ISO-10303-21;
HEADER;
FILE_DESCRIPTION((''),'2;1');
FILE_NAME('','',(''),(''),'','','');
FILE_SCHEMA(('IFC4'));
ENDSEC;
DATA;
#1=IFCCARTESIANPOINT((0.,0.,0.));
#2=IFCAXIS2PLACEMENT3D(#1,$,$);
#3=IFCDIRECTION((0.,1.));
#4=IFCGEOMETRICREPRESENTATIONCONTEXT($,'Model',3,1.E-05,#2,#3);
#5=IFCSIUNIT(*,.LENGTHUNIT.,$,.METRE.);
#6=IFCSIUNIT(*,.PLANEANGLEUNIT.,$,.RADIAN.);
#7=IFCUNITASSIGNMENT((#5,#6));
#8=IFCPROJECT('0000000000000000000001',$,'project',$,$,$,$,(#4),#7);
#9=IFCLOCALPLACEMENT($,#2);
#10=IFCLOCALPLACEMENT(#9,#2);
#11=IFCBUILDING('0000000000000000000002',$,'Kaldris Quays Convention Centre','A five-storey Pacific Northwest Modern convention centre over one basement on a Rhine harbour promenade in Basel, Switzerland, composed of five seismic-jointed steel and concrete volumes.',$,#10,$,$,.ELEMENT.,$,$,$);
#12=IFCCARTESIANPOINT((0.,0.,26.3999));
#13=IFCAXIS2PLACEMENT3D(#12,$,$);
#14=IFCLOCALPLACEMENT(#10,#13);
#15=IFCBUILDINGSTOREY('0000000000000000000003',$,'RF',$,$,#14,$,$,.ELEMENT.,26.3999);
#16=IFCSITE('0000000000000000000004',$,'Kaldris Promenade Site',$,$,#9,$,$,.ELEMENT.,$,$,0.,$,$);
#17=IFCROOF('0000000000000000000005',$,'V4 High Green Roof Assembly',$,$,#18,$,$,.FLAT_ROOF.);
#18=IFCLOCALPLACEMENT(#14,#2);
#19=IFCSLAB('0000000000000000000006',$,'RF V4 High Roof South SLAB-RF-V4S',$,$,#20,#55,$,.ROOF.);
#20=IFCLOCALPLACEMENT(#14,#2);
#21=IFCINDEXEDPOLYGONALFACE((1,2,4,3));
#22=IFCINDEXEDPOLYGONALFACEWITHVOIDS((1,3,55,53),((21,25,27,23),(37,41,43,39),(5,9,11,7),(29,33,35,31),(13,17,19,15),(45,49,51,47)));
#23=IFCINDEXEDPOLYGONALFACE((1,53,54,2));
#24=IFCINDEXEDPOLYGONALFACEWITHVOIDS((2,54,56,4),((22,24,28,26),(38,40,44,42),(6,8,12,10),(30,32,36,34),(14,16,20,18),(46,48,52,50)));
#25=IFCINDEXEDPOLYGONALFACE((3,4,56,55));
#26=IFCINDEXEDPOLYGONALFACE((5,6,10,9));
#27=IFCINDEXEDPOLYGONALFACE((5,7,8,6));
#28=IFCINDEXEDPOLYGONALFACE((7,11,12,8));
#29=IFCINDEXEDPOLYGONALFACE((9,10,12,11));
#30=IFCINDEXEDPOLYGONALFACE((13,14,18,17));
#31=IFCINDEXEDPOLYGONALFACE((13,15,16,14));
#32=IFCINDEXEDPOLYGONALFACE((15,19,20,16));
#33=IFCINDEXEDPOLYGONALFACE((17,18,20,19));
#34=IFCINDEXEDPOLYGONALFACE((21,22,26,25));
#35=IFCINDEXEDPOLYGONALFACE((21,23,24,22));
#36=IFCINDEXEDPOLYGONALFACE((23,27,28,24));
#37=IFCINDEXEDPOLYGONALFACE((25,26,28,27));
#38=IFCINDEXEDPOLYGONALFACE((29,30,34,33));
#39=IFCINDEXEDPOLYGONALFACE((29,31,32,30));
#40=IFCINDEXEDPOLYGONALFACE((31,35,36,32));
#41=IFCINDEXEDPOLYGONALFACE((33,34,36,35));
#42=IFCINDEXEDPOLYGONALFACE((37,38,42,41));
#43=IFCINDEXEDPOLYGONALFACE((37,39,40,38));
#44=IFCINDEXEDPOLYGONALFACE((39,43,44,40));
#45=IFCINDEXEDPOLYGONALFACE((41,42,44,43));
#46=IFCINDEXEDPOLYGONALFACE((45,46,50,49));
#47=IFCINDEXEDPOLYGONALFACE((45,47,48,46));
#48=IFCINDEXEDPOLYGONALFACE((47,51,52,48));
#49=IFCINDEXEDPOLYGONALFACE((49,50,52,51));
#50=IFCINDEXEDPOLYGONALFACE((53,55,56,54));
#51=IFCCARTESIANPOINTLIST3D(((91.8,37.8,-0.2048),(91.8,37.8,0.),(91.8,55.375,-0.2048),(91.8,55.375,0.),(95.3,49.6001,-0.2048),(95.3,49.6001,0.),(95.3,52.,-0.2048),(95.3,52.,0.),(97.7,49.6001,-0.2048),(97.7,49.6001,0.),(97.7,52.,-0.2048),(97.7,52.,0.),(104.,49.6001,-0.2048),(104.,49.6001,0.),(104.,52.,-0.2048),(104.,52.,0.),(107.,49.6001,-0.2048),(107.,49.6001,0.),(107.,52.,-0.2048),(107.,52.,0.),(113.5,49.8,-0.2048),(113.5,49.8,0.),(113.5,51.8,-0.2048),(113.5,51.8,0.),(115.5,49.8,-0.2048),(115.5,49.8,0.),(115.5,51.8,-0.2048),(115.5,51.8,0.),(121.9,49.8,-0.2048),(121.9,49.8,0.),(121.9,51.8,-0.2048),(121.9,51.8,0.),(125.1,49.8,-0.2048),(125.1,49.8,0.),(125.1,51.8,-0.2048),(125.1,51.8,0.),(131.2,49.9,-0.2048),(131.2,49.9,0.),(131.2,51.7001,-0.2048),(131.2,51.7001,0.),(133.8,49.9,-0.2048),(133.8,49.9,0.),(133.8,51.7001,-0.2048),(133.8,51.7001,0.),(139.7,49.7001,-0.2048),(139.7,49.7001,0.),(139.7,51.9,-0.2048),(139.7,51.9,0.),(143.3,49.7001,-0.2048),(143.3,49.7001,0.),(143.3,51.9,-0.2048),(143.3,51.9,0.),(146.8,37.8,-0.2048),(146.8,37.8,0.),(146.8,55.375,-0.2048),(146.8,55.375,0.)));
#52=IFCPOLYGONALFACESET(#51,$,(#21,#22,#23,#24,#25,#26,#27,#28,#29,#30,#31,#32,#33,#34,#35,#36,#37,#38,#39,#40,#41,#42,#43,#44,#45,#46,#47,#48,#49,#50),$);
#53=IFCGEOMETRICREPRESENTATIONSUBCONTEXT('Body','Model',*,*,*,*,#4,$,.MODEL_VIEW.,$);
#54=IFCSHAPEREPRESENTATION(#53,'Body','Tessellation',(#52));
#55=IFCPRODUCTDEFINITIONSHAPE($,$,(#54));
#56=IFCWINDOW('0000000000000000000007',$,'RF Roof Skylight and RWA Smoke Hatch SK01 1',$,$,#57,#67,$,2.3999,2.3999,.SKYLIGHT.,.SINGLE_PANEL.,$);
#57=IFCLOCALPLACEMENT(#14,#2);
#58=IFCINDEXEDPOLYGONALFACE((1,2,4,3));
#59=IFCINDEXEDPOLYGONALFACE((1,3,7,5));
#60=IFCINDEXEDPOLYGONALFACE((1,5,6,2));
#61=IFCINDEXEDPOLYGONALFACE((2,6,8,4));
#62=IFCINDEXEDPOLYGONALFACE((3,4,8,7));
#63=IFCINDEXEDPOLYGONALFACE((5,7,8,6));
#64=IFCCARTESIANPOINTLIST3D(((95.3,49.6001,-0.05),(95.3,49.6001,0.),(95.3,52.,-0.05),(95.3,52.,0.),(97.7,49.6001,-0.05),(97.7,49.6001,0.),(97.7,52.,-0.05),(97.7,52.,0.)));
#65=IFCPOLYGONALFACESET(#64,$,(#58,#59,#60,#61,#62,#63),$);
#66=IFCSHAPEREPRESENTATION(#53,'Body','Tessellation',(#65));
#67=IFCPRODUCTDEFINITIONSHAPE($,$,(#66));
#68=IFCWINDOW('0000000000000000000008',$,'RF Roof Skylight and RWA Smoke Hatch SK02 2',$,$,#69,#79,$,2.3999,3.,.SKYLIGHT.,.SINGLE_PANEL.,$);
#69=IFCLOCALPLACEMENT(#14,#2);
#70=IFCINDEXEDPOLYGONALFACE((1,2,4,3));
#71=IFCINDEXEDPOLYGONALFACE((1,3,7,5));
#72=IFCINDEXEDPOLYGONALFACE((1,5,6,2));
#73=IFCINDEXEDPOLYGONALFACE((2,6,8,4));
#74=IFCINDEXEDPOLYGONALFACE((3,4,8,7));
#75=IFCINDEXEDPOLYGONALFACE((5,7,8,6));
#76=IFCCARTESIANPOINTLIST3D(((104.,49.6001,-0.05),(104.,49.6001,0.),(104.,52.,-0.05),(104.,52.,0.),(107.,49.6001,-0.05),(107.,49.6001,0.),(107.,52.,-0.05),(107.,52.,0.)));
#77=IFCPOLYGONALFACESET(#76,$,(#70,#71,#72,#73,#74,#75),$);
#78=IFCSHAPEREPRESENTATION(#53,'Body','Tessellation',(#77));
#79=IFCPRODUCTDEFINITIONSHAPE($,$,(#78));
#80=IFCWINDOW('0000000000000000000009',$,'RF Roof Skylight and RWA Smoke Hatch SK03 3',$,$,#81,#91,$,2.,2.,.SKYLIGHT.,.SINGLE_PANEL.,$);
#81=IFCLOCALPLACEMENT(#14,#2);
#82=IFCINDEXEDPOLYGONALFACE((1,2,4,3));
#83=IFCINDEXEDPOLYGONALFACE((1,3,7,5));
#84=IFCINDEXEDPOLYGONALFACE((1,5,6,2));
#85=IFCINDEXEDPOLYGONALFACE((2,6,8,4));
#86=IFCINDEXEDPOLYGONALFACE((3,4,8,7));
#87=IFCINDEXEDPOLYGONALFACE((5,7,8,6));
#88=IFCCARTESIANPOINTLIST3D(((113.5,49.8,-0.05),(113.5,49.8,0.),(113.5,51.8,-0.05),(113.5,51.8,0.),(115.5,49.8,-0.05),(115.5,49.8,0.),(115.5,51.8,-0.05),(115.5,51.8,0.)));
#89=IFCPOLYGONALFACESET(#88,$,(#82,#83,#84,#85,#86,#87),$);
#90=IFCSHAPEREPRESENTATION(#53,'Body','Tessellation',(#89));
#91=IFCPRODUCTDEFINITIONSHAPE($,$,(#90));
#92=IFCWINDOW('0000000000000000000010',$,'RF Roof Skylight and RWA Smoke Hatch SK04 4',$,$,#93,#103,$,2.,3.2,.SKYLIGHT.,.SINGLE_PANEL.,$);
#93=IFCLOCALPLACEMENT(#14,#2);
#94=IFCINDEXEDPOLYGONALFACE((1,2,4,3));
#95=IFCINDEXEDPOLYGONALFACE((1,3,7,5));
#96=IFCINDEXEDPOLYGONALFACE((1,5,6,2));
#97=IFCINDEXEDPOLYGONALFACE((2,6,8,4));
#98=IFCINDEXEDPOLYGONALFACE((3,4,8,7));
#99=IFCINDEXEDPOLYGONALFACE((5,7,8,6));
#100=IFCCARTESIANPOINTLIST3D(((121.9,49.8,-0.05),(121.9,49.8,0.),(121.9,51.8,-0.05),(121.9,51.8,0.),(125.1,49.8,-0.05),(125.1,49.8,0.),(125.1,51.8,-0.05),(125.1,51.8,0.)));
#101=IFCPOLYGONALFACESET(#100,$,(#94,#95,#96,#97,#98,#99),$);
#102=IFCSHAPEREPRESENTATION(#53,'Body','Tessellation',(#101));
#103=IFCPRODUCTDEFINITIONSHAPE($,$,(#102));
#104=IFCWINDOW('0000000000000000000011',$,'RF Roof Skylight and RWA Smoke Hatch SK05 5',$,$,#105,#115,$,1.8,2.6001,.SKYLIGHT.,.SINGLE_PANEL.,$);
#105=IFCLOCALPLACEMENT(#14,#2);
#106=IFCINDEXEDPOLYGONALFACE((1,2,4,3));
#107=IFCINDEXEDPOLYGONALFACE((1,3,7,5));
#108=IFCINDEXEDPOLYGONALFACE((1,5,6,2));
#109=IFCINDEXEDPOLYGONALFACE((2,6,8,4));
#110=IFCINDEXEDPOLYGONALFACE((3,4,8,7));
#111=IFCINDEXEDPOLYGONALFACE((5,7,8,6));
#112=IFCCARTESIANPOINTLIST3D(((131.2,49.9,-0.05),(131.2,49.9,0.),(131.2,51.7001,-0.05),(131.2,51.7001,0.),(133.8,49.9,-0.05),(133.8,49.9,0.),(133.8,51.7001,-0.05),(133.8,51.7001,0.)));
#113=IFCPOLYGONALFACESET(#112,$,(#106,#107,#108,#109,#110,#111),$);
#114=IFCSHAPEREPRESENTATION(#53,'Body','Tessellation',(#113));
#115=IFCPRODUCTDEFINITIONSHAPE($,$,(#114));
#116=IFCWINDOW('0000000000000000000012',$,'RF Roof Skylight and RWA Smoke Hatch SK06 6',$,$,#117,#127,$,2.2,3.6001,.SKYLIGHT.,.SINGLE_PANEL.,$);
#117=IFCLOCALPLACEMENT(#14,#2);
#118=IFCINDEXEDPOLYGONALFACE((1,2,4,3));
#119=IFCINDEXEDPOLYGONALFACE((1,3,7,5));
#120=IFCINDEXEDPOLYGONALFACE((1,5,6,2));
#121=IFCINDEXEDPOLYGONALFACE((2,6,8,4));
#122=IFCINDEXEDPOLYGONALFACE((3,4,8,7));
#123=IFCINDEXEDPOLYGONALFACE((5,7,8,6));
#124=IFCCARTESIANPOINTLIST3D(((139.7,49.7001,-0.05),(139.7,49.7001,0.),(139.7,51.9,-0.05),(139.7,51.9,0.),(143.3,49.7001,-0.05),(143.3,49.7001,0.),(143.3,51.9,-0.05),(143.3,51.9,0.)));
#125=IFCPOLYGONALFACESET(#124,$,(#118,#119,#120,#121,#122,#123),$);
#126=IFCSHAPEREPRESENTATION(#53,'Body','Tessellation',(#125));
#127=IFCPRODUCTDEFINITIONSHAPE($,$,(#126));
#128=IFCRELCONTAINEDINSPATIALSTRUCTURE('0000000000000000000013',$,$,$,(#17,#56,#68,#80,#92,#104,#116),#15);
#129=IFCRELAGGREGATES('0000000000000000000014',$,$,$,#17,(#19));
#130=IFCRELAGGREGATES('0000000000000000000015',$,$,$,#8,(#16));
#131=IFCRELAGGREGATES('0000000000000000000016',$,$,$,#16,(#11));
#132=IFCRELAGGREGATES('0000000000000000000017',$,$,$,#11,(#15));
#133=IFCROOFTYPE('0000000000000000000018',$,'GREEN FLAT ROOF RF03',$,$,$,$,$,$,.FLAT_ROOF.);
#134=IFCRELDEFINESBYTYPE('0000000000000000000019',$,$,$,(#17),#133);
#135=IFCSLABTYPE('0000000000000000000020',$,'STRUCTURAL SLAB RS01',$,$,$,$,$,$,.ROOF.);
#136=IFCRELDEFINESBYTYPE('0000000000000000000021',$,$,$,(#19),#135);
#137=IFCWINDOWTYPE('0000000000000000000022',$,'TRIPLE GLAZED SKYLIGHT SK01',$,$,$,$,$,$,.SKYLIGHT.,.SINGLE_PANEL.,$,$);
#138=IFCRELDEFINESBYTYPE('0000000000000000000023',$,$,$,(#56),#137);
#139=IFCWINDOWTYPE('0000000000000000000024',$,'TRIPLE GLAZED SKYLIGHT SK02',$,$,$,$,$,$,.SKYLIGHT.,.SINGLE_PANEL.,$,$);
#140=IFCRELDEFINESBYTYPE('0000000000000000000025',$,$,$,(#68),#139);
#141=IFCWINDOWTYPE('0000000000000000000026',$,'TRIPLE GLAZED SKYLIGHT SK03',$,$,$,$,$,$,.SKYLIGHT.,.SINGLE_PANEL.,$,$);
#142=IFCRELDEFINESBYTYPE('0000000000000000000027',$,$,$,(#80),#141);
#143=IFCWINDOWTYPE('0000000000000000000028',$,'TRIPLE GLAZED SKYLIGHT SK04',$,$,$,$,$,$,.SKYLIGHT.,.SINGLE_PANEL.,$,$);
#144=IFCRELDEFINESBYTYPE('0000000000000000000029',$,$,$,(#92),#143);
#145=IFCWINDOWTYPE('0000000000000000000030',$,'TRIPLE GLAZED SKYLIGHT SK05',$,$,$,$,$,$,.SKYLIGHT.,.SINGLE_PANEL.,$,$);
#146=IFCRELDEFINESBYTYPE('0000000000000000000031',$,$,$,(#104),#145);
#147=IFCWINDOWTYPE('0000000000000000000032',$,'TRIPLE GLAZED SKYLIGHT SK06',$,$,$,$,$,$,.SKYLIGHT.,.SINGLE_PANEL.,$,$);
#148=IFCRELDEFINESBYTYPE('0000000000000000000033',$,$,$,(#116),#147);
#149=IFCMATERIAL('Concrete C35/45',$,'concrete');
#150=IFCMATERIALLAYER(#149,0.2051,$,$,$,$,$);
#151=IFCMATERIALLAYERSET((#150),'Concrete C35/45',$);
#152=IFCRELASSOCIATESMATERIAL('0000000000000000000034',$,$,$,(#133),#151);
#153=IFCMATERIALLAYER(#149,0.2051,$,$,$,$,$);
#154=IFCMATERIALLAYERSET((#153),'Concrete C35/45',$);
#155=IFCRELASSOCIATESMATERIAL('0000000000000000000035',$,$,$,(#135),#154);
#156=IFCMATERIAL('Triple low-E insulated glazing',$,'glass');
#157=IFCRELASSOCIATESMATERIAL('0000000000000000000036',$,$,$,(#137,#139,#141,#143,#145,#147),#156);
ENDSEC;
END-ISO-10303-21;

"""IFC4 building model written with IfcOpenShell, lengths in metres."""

from ifc_helpers import new_model, si_unit, direction, frame, origin, origin_2d, place, context, subcontext, project, spatial, polyline, rectangle, outline, extrude, material, layer, layer_set, type_object, element, fill, aggregate, save


model = new_model("IFC4")

# Units and contexts
model_context = context("Model", 3, precision=1e-05, world=origin(), true_north=direction((0.0, 1.0)))
body_context = subcontext(model_context, "Body", "Model", "MODEL_VIEW")
ifc_project = project(units=[si_unit("LENGTHUNIT", "METRE"), si_unit("PLANEANGLEUNIT", "RADIAN")], contexts=[model_context])

# Site, building, storey
site_placement = place(None, origin())
site = spatial("IfcSite", under=ifc_project, at=site_placement, Name="Kaldris Promenade Site", CompositionType="ELEMENT", RefElevation=0.0)
building_placement = place(site_placement, origin())
building = spatial("IfcBuilding", under=site, at=building_placement, Name="Kaldris Quays Convention Centre", Description="A five-storey Pacific Northwest Modern convention centre over one basement on a Rhine harbour promenade in Basel, Switzerland, composed of five seismic-jointed steel and concrete volumes.", CompositionType="ELEMENT")
storey_placement = place(building_placement, frame((0.0, 0.0, 26.3999)))
storey = spatial("IfcBuildingStorey", under=building, at=storey_placement, Name="RF", CompositionType="ELEMENT", Elevation=26.3999)

# Roof, slab, openings, windows
ifc_material_1 = material(Name="Concrete C35/45", Category="concrete")
ifc_layer_1 = layer(ifc_material_1, 0.2051)
ifc_layer_set_1 = layer_set([ifc_layer_1], Name="Concrete C35/45")
roof_type_1 = type_object("IfcRoofType", Name="GREEN FLAT ROOF RF03", PredefinedType="FLAT_ROOF", material=ifc_layer_set_1)
roof_1_placement = place(storey_placement, origin())
roof_1 = element("IfcRoof", 1, at=roof_1_placement, inside=storey, type_object=roof_type_1, Name="V4 High Green Roof Assembly", PredefinedType="FLAT_ROOF")
ifc_layer_2 = layer(ifc_material_1, 0.2051)
ifc_layer_set_2 = layer_set([ifc_layer_2], Name="Concrete C35/45")
slab_type_1 = type_object("IfcSlabType", Name="STRUCTURAL SLAB RS01", PredefinedType="ROOF", material=ifc_layer_set_2)
slab_1_placement = place(storey_placement, frame((0.0, 0.0, -0.2048)))
slab_1 = element("IfcSlab", 2, at=slab_1_placement, type_object=slab_type_1, Name="RF V4 High Roof South SLAB-RF-V4S", PredefinedType="ROOF", context=body_context, shape_type="SweptSolid", body=[
    extrude(outline(polyline([(146.8, 37.8), (146.8, 55.375), (91.8, 55.375), (91.8, 37.8), (146.8, 37.8)])), origin(), (0.0, 0.0, 1.0), 0.2048),
])
opening_1_placement = place(slab_1_placement, frame((96.5, 50.8, 0.0)))
opening_1 = element("IfcOpeningElement", 3, at=opening_1_placement, cuts=slab_1, PredefinedType="OPENING", context=body_context, shape_type="SweptSolid", body=[
    extrude(rectangle(XDim=2.3999, YDim=2.3999, at=origin_2d()), frame((0.0, 0.0, -0.01)), (0.0, 0.0, 1.0), 0.2249),
])
opening_2_placement = place(slab_1_placement, frame((105.5, 50.8, 0.0)))
opening_2 = element("IfcOpeningElement", 4, at=opening_2_placement, cuts=slab_1, PredefinedType="OPENING", context=body_context, shape_type="SweptSolid", body=[
    extrude(rectangle(XDim=3.0, YDim=2.3999, at=origin_2d()), frame((0.0, 0.0, -0.01)), (0.0, 0.0, 1.0), 0.2249),
])
opening_3_placement = place(slab_1_placement, frame((114.5, 50.8, 0.0)))
opening_3 = element("IfcOpeningElement", 5, at=opening_3_placement, cuts=slab_1, PredefinedType="OPENING", context=body_context, shape_type="SweptSolid", body=[
    extrude(rectangle(XDim=2.0, YDim=2.0, at=origin_2d()), frame((0.0, 0.0, -0.01)), (0.0, 0.0, 1.0), 0.2249),
])
opening_4_placement = place(slab_1_placement, frame((123.5, 50.8, 0.0)))
opening_4 = element("IfcOpeningElement", 6, at=opening_4_placement, cuts=slab_1, PredefinedType="OPENING", context=body_context, shape_type="SweptSolid", body=[
    extrude(rectangle(XDim=3.2, YDim=2.0, at=origin_2d()), frame((0.0, 0.0, -0.01)), (0.0, 0.0, 1.0), 0.2249),
])
opening_5_placement = place(slab_1_placement, frame((132.5, 50.8, 0.0)))
opening_5 = element("IfcOpeningElement", 7, at=opening_5_placement, cuts=slab_1, PredefinedType="OPENING", context=body_context, shape_type="SweptSolid", body=[
    extrude(rectangle(XDim=2.6001, YDim=1.8, at=origin_2d()), frame((0.0, 0.0, -0.01)), (0.0, 0.0, 1.0), 0.2249),
])
opening_6_placement = place(slab_1_placement, frame((141.5, 50.8, 0.0)))
opening_6 = element("IfcOpeningElement", 8, at=opening_6_placement, cuts=slab_1, PredefinedType="OPENING", context=body_context, shape_type="SweptSolid", body=[
    extrude(rectangle(XDim=3.6001, YDim=2.2, at=origin_2d()), frame((0.0, 0.0, -0.01)), (0.0, 0.0, 1.0), 0.2249),
])
ifc_material_2 = material(Name="Triple low-E insulated glazing", Category="glass")
window_type_1 = type_object("IfcWindowType", Name="TRIPLE GLAZED SKYLIGHT SK01", PartitioningType="SINGLE_PANEL", PredefinedType="SKYLIGHT", material=ifc_material_2)
window_1_placement = place(opening_1_placement, frame((0.0, 0.0, 0.1548)))
window_1 = element("IfcWindow", 9, at=window_1_placement, inside=storey, type_object=window_type_1, Name="RF Roof Skylight and RWA Smoke Hatch SK01 1", OverallHeight=2.3999, OverallWidth=2.3999, PartitioningType="SINGLE_PANEL", PredefinedType="SKYLIGHT", context=body_context, shape_type="SweptSolid", body=[
    extrude(rectangle(XDim=2.3999, YDim=2.3999, at=origin_2d()), origin(), (0.0, 0.0, 1.0), 0.05),
])
fill(opening_1, window_1)
window_type_2 = type_object("IfcWindowType", Name="TRIPLE GLAZED SKYLIGHT SK02", PartitioningType="SINGLE_PANEL", PredefinedType="SKYLIGHT", material=ifc_material_2)
window_2_placement = place(opening_2_placement, frame((0.0, 0.0, 0.1548)))
window_2 = element("IfcWindow", 10, at=window_2_placement, inside=storey, type_object=window_type_2, Name="RF Roof Skylight and RWA Smoke Hatch SK02 2", OverallHeight=2.3999, OverallWidth=3.0, PartitioningType="SINGLE_PANEL", PredefinedType="SKYLIGHT", context=body_context, shape_type="SweptSolid", body=[
    extrude(rectangle(XDim=3.0, YDim=2.3999, at=origin_2d()), origin(), (0.0, 0.0, 1.0), 0.05),
])
fill(opening_2, window_2)
window_type_3 = type_object("IfcWindowType", Name="TRIPLE GLAZED SKYLIGHT SK03", PartitioningType="SINGLE_PANEL", PredefinedType="SKYLIGHT", material=ifc_material_2)
window_3_placement = place(opening_3_placement, frame((0.0, 0.0, 0.1548)))
window_3 = element("IfcWindow", 11, at=window_3_placement, inside=storey, type_object=window_type_3, Name="RF Roof Skylight and RWA Smoke Hatch SK03 3", OverallHeight=2.0, OverallWidth=2.0, PartitioningType="SINGLE_PANEL", PredefinedType="SKYLIGHT", context=body_context, shape_type="SweptSolid", body=[
    extrude(rectangle(XDim=2.0, YDim=2.0, at=origin_2d()), origin(), (0.0, 0.0, 1.0), 0.05),
])
fill(opening_3, window_3)
window_type_4 = type_object("IfcWindowType", Name="TRIPLE GLAZED SKYLIGHT SK04", PartitioningType="SINGLE_PANEL", PredefinedType="SKYLIGHT", material=ifc_material_2)
window_4_placement = place(opening_4_placement, frame((0.0, 0.0, 0.1548)))
window_4 = element("IfcWindow", 12, at=window_4_placement, inside=storey, type_object=window_type_4, Name="RF Roof Skylight and RWA Smoke Hatch SK04 4", OverallHeight=2.0, OverallWidth=3.2, PartitioningType="SINGLE_PANEL", PredefinedType="SKYLIGHT", context=body_context, shape_type="SweptSolid", body=[
    extrude(rectangle(XDim=3.2, YDim=2.0, at=origin_2d()), origin(), (0.0, 0.0, 1.0), 0.05),
])
fill(opening_4, window_4)
window_type_5 = type_object("IfcWindowType", Name="TRIPLE GLAZED SKYLIGHT SK05", PartitioningType="SINGLE_PANEL", PredefinedType="SKYLIGHT", material=ifc_material_2)
window_5_placement = place(opening_5_placement, frame((0.0, 0.0, 0.1548)))
window_5 = element("IfcWindow", 13, at=window_5_placement, inside=storey, type_object=window_type_5, Name="RF Roof Skylight and RWA Smoke Hatch SK05 5", OverallHeight=1.8, OverallWidth=2.6001, PartitioningType="SINGLE_PANEL", PredefinedType="SKYLIGHT", context=body_context, shape_type="SweptSolid", body=[
    extrude(rectangle(XDim=2.6001, YDim=1.8, at=origin_2d()), origin(), (0.0, 0.0, 1.0), 0.05),
])
fill(opening_5, window_5)
window_type_6 = type_object("IfcWindowType", Name="TRIPLE GLAZED SKYLIGHT SK06", PartitioningType="SINGLE_PANEL", PredefinedType="SKYLIGHT", material=ifc_material_2)
window_6_placement = place(opening_6_placement, frame((0.0, 0.0, 0.1548)))
window_6 = element("IfcWindow", 14, at=window_6_placement, inside=storey, type_object=window_type_6, Name="RF Roof Skylight and RWA Smoke Hatch SK06 6", OverallHeight=2.2, OverallWidth=3.6001, PartitioningType="SINGLE_PANEL", PredefinedType="SKYLIGHT", context=body_context, shape_type="SweptSolid", body=[
    extrude(rectangle(XDim=3.6001, YDim=2.2, at=origin_2d()), origin(), (0.0, 0.0, 1.0), 0.05),
])
fill(opening_6, window_6)
aggregate(roof_1, [slab_1])

save(model, "model.ifc")
